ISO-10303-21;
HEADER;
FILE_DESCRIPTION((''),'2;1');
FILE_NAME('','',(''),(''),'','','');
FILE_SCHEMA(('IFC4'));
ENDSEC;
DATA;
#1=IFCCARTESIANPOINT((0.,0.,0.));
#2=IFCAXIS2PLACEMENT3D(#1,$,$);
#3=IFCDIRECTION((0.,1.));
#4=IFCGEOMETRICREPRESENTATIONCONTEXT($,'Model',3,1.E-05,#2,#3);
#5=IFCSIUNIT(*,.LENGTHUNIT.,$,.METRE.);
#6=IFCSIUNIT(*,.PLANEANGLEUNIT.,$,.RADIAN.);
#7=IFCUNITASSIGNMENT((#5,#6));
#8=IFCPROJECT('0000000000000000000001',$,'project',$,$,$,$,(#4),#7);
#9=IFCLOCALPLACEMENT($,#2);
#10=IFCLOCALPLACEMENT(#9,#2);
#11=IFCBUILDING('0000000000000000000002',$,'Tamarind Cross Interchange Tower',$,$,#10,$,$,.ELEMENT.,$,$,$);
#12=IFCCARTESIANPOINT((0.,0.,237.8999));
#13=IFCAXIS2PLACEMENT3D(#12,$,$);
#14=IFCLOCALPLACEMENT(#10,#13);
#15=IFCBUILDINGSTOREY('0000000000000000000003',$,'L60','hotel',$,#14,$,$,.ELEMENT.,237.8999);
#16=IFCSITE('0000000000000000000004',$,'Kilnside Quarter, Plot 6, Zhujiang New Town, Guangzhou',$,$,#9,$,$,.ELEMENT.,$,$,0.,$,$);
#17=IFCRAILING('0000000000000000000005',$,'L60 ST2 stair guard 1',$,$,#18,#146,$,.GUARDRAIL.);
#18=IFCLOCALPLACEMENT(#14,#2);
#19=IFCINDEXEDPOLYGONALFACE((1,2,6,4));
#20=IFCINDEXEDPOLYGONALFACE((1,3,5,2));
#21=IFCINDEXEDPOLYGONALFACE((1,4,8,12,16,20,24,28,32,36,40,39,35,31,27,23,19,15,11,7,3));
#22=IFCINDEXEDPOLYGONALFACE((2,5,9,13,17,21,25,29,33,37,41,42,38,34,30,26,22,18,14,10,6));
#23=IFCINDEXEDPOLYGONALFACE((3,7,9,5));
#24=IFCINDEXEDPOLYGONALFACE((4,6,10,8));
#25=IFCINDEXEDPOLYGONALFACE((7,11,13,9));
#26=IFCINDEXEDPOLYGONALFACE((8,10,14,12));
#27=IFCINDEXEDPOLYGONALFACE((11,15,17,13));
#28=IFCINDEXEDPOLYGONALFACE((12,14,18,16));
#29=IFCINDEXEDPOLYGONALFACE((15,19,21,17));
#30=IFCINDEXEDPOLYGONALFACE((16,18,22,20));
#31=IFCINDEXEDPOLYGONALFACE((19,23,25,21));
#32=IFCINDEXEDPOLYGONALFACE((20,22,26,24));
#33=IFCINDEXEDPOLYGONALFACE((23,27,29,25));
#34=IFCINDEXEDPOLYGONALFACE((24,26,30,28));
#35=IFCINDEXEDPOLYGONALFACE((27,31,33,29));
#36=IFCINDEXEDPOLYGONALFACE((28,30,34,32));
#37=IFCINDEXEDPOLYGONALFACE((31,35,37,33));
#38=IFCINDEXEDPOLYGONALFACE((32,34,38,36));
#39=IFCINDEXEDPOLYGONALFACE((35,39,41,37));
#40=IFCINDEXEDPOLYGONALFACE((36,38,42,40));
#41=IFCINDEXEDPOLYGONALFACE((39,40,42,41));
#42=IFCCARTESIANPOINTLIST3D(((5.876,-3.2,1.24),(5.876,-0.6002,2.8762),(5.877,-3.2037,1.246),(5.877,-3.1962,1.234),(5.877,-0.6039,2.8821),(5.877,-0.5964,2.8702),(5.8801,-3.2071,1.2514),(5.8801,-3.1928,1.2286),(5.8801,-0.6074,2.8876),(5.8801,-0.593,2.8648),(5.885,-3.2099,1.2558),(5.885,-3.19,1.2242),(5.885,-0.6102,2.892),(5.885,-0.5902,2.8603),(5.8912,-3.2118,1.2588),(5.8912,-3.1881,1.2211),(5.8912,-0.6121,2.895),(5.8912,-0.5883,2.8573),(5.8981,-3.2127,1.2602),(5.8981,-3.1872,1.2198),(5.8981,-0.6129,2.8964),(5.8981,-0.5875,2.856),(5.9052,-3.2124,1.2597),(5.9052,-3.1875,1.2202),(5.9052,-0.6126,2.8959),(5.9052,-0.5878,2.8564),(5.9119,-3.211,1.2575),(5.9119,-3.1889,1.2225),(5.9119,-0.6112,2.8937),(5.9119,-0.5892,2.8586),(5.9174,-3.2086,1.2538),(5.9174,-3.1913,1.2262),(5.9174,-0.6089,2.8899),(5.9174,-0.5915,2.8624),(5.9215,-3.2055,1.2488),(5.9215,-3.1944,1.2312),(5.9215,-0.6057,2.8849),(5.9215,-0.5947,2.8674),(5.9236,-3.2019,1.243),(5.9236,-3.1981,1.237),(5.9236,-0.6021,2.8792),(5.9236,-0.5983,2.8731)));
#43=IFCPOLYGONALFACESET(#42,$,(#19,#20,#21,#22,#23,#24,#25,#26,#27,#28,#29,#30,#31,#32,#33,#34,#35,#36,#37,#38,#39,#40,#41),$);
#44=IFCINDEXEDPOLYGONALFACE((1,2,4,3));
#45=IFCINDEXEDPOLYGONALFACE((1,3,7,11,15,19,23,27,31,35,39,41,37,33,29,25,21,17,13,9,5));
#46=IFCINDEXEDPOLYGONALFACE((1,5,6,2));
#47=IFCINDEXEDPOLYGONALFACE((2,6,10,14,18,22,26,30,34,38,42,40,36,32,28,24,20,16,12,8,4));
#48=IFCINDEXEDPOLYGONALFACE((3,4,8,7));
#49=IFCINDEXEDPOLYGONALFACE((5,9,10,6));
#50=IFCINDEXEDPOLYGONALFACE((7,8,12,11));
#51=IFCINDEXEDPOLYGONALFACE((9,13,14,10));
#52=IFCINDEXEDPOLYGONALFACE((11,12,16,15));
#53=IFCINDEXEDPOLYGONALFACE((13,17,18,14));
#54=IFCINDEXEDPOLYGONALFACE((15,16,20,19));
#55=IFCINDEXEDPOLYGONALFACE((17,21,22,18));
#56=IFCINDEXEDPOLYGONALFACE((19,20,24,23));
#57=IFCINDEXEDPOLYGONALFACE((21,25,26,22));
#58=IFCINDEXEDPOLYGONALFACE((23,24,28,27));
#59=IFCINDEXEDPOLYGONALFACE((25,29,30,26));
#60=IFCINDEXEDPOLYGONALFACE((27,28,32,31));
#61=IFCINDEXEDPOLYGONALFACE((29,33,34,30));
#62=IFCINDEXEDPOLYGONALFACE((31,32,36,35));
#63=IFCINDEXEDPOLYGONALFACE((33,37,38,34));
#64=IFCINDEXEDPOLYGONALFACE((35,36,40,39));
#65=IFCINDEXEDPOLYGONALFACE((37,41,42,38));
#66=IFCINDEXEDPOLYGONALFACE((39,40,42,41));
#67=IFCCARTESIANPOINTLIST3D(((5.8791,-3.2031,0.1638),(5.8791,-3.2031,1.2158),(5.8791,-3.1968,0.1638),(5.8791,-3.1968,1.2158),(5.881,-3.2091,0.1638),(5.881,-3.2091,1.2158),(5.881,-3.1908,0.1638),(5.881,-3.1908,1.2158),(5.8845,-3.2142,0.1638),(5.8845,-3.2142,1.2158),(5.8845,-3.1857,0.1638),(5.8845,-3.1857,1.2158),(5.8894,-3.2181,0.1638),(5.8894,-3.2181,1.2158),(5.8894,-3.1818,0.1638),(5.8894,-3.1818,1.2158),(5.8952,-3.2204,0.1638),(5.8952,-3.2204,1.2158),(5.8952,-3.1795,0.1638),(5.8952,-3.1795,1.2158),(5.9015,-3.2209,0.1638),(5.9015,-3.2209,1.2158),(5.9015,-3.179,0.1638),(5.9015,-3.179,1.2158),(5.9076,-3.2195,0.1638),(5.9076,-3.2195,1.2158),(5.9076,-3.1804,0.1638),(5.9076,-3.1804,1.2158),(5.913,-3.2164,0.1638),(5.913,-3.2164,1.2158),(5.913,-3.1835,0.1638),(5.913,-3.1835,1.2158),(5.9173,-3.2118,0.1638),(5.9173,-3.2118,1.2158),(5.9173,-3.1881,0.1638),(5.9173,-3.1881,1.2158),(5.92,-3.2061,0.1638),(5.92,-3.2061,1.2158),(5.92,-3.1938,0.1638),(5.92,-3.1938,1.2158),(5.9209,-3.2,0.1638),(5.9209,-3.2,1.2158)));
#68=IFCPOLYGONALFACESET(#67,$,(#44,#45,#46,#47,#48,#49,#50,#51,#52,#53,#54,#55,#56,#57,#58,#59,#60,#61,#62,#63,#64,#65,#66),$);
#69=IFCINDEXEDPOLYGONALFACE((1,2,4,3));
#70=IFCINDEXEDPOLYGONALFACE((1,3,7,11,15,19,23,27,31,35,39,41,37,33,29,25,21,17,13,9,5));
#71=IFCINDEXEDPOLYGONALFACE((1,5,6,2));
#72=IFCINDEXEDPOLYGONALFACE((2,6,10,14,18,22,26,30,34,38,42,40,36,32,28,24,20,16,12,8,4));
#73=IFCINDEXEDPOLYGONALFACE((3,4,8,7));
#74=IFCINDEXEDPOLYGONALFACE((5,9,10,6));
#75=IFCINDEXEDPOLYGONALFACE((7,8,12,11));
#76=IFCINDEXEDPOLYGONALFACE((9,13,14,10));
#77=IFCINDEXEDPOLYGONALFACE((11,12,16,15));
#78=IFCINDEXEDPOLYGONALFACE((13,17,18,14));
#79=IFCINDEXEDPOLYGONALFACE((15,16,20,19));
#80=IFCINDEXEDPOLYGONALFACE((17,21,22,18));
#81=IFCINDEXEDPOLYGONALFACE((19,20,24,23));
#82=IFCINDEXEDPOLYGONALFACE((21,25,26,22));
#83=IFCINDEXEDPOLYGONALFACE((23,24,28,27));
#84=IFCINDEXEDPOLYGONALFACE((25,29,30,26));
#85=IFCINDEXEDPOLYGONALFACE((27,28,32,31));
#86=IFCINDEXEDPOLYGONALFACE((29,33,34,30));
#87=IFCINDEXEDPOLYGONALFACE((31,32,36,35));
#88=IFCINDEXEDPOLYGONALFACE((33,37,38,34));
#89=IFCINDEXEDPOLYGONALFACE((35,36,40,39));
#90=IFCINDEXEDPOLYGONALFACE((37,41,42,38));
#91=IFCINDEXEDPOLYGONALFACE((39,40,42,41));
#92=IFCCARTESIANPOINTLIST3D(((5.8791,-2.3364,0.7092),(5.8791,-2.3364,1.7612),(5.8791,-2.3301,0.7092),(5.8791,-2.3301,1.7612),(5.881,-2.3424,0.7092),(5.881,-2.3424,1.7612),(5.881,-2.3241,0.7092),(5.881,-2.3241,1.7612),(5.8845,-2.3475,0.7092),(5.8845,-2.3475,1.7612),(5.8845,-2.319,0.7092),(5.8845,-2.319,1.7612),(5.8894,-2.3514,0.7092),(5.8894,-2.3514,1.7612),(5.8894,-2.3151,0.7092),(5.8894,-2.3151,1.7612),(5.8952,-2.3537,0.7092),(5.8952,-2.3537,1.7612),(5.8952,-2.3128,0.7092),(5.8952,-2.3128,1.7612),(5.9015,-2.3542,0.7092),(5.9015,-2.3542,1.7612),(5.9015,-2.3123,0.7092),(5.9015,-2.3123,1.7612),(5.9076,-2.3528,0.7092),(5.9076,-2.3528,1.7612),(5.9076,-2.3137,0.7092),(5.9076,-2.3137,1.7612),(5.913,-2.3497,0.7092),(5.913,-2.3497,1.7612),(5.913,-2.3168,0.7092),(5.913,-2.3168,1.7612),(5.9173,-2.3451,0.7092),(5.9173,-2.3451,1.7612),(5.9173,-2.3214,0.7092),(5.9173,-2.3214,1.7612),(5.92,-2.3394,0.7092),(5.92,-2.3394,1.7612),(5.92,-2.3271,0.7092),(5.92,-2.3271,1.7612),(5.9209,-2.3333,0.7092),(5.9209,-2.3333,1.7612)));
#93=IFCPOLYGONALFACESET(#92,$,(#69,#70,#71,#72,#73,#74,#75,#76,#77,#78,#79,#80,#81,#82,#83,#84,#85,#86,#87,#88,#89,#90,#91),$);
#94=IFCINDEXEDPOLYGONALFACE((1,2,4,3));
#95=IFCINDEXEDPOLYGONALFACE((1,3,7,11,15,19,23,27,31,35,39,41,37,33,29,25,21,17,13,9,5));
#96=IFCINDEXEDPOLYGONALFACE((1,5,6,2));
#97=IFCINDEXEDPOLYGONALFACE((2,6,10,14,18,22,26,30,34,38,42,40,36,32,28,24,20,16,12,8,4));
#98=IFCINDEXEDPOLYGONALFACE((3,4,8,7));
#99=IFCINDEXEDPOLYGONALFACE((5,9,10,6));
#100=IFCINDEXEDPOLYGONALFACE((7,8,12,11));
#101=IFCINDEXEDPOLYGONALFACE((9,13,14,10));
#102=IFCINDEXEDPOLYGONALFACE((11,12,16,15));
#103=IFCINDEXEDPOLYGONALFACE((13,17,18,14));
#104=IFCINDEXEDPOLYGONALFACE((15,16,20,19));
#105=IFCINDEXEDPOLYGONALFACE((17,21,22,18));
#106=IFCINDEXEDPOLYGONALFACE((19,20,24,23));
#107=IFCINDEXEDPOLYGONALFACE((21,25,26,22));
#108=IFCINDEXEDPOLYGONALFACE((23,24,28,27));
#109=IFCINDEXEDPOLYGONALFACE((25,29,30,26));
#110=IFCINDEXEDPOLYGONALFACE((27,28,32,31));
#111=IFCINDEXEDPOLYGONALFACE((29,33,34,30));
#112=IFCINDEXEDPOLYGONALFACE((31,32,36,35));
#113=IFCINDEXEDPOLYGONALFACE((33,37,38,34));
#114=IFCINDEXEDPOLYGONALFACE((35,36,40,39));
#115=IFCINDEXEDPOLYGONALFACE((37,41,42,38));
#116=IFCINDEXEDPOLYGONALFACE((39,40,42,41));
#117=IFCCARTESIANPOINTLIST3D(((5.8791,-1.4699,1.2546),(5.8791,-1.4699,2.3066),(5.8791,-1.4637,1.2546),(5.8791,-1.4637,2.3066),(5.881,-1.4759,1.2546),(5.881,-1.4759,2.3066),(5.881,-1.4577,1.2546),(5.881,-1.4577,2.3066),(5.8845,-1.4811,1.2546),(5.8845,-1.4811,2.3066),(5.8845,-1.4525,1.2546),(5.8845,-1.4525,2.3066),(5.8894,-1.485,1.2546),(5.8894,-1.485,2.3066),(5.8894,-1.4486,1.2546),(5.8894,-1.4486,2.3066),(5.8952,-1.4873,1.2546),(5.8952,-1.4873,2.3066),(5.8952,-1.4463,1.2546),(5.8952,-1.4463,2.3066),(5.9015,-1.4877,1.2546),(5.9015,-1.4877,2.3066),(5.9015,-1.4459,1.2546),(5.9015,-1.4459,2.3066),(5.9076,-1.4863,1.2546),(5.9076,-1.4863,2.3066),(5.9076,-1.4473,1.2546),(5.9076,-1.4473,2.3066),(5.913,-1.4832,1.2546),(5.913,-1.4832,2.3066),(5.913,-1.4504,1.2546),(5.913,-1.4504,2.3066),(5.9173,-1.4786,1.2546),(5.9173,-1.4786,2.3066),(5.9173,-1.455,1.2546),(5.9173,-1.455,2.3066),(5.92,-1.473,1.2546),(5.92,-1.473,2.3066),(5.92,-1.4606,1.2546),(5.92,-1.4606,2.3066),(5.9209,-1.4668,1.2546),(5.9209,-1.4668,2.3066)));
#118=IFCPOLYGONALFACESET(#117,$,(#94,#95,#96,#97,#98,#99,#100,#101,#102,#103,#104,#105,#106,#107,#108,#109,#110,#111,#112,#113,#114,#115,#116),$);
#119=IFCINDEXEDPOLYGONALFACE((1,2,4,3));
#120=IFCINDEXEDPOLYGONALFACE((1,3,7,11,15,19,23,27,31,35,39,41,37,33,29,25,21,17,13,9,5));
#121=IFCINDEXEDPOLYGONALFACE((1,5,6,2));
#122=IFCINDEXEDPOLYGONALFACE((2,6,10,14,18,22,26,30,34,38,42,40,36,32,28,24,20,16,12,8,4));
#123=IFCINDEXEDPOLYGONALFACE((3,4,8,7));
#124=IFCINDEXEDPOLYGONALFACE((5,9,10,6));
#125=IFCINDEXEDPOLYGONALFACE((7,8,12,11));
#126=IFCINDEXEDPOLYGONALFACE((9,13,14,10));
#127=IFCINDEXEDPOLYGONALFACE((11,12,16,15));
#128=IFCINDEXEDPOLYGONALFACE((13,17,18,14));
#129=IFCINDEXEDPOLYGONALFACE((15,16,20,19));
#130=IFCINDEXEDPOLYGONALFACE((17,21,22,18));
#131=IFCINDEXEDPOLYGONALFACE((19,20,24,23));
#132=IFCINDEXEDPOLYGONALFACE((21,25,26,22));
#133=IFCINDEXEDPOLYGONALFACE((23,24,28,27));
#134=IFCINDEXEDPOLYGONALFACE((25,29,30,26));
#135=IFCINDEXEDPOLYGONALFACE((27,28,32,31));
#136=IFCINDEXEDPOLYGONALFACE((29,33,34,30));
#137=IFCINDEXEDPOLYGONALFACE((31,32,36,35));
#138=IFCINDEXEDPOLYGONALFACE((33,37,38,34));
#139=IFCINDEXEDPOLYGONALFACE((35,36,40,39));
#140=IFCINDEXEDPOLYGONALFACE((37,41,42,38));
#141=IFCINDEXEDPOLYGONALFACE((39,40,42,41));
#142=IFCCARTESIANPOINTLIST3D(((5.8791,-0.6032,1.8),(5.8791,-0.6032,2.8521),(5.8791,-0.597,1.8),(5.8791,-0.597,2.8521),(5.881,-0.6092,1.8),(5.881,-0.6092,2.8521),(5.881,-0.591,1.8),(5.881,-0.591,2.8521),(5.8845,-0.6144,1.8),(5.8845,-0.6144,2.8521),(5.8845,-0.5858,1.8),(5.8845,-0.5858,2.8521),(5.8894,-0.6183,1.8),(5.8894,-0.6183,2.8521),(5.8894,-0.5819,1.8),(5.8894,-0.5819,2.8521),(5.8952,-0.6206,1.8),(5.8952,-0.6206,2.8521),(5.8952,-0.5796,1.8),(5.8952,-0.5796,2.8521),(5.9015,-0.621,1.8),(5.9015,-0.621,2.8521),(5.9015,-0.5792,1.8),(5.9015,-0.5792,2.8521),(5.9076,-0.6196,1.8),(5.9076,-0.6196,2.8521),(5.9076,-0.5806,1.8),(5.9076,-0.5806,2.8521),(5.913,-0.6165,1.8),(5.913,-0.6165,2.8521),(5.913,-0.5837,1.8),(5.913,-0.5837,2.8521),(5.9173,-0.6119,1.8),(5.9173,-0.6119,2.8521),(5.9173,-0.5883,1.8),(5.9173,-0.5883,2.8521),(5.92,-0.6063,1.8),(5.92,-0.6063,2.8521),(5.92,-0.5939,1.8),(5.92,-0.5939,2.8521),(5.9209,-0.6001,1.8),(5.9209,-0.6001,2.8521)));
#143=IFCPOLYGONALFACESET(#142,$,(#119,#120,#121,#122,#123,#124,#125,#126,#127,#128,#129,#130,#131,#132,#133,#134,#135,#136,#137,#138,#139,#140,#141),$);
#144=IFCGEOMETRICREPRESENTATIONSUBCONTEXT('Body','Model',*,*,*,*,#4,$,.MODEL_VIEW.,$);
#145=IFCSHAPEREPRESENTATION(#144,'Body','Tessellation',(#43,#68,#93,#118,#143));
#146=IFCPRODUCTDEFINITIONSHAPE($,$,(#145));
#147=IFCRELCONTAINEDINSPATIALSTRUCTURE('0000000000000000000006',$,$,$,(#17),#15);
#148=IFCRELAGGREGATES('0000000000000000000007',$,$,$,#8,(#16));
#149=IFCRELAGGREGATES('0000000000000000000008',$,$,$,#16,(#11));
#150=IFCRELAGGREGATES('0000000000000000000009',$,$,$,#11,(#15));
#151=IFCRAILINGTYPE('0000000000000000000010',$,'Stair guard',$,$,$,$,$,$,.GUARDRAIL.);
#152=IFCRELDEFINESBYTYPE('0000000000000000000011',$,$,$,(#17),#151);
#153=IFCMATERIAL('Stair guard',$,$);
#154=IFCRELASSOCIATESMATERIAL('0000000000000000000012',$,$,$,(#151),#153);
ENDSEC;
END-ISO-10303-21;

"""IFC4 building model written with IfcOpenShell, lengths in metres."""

from ifc_helpers import new_model, si_unit, direction, frame, origin, origin_2d, place, context, subcontext, project, spatial, circle, extrude, material, type_object, element, save


model = new_model("IFC4")

# Units and contexts
model_context = context("Model", 3, precision=1e-05, world=origin(), true_north=direction((0.0, 1.0)))
body_context = subcontext(model_context, "Body", "Model", "MODEL_VIEW")
ifc_project = project(units=[si_unit("LENGTHUNIT", "METRE"), si_unit("PLANEANGLEUNIT", "RADIAN")], contexts=[model_context])

# Site, building, storey
site_placement = place(None, origin())
site = spatial("IfcSite", under=ifc_project, at=site_placement, Name="Kilnside Quarter, Plot 6, Zhujiang New Town, Guangzhou", CompositionType="ELEMENT", RefElevation=0.0)
building_placement = place(site_placement, origin())
building = spatial("IfcBuilding", under=site, at=building_placement, Name="Tamarind Cross Interchange Tower", CompositionType="ELEMENT")
storey_placement = place(building_placement, frame((0.0, 0.0, 237.8999)))
storey = spatial("IfcBuildingStorey", under=building, at=storey_placement, Name="L60", Description="hotel", CompositionType="ELEMENT", Elevation=237.8999)

# Railing
ifc_material_1 = material(Name="Stair guard")
railing_type_1 = type_object("IfcRailingType", Name="Stair guard", PredefinedType="GUARDRAIL", material=ifc_material_1)
railing_1_placement = place(storey_placement, frame((5.8999, -3.2, 0.1638)))
element("IfcRailing", 1, at=railing_1_placement, inside=storey, type_object=railing_type_1, Name="L60 ST2 stair guard 1", PredefinedType="GUARDRAIL", context=body_context, shape_type="SweptSolid", body=[
    extrude(circle(Radius=0.0239, at=origin_2d()), frame((0.0, 0.0, 1.0762), z_axis=(0.0, 0.846338, 0.532647), x_axis=(-1.0, 0.0, 0.0)), (0.0, 0.0, 1.0), 3.0718),
    extrude(circle(Radius=0.021, at=origin_2d()), origin(), (0.0, 0.0, 1.0), 1.052),
    extrude(circle(Radius=0.021, at=origin_2d()), frame((0.0, 0.8667, 0.5454)), (0.0, 0.0, 1.0), 1.052),
    extrude(circle(Radius=0.021, at=origin_2d()), frame((0.0, 1.7332, 1.0908)), (0.0, 0.0, 1.0), 1.052),
    extrude(circle(Radius=0.021, at=origin_2d()), frame((0.0, 2.5999, 1.6362)), (0.0, 0.0, 1.0), 1.052),
])

save(model, "model.ifc")
